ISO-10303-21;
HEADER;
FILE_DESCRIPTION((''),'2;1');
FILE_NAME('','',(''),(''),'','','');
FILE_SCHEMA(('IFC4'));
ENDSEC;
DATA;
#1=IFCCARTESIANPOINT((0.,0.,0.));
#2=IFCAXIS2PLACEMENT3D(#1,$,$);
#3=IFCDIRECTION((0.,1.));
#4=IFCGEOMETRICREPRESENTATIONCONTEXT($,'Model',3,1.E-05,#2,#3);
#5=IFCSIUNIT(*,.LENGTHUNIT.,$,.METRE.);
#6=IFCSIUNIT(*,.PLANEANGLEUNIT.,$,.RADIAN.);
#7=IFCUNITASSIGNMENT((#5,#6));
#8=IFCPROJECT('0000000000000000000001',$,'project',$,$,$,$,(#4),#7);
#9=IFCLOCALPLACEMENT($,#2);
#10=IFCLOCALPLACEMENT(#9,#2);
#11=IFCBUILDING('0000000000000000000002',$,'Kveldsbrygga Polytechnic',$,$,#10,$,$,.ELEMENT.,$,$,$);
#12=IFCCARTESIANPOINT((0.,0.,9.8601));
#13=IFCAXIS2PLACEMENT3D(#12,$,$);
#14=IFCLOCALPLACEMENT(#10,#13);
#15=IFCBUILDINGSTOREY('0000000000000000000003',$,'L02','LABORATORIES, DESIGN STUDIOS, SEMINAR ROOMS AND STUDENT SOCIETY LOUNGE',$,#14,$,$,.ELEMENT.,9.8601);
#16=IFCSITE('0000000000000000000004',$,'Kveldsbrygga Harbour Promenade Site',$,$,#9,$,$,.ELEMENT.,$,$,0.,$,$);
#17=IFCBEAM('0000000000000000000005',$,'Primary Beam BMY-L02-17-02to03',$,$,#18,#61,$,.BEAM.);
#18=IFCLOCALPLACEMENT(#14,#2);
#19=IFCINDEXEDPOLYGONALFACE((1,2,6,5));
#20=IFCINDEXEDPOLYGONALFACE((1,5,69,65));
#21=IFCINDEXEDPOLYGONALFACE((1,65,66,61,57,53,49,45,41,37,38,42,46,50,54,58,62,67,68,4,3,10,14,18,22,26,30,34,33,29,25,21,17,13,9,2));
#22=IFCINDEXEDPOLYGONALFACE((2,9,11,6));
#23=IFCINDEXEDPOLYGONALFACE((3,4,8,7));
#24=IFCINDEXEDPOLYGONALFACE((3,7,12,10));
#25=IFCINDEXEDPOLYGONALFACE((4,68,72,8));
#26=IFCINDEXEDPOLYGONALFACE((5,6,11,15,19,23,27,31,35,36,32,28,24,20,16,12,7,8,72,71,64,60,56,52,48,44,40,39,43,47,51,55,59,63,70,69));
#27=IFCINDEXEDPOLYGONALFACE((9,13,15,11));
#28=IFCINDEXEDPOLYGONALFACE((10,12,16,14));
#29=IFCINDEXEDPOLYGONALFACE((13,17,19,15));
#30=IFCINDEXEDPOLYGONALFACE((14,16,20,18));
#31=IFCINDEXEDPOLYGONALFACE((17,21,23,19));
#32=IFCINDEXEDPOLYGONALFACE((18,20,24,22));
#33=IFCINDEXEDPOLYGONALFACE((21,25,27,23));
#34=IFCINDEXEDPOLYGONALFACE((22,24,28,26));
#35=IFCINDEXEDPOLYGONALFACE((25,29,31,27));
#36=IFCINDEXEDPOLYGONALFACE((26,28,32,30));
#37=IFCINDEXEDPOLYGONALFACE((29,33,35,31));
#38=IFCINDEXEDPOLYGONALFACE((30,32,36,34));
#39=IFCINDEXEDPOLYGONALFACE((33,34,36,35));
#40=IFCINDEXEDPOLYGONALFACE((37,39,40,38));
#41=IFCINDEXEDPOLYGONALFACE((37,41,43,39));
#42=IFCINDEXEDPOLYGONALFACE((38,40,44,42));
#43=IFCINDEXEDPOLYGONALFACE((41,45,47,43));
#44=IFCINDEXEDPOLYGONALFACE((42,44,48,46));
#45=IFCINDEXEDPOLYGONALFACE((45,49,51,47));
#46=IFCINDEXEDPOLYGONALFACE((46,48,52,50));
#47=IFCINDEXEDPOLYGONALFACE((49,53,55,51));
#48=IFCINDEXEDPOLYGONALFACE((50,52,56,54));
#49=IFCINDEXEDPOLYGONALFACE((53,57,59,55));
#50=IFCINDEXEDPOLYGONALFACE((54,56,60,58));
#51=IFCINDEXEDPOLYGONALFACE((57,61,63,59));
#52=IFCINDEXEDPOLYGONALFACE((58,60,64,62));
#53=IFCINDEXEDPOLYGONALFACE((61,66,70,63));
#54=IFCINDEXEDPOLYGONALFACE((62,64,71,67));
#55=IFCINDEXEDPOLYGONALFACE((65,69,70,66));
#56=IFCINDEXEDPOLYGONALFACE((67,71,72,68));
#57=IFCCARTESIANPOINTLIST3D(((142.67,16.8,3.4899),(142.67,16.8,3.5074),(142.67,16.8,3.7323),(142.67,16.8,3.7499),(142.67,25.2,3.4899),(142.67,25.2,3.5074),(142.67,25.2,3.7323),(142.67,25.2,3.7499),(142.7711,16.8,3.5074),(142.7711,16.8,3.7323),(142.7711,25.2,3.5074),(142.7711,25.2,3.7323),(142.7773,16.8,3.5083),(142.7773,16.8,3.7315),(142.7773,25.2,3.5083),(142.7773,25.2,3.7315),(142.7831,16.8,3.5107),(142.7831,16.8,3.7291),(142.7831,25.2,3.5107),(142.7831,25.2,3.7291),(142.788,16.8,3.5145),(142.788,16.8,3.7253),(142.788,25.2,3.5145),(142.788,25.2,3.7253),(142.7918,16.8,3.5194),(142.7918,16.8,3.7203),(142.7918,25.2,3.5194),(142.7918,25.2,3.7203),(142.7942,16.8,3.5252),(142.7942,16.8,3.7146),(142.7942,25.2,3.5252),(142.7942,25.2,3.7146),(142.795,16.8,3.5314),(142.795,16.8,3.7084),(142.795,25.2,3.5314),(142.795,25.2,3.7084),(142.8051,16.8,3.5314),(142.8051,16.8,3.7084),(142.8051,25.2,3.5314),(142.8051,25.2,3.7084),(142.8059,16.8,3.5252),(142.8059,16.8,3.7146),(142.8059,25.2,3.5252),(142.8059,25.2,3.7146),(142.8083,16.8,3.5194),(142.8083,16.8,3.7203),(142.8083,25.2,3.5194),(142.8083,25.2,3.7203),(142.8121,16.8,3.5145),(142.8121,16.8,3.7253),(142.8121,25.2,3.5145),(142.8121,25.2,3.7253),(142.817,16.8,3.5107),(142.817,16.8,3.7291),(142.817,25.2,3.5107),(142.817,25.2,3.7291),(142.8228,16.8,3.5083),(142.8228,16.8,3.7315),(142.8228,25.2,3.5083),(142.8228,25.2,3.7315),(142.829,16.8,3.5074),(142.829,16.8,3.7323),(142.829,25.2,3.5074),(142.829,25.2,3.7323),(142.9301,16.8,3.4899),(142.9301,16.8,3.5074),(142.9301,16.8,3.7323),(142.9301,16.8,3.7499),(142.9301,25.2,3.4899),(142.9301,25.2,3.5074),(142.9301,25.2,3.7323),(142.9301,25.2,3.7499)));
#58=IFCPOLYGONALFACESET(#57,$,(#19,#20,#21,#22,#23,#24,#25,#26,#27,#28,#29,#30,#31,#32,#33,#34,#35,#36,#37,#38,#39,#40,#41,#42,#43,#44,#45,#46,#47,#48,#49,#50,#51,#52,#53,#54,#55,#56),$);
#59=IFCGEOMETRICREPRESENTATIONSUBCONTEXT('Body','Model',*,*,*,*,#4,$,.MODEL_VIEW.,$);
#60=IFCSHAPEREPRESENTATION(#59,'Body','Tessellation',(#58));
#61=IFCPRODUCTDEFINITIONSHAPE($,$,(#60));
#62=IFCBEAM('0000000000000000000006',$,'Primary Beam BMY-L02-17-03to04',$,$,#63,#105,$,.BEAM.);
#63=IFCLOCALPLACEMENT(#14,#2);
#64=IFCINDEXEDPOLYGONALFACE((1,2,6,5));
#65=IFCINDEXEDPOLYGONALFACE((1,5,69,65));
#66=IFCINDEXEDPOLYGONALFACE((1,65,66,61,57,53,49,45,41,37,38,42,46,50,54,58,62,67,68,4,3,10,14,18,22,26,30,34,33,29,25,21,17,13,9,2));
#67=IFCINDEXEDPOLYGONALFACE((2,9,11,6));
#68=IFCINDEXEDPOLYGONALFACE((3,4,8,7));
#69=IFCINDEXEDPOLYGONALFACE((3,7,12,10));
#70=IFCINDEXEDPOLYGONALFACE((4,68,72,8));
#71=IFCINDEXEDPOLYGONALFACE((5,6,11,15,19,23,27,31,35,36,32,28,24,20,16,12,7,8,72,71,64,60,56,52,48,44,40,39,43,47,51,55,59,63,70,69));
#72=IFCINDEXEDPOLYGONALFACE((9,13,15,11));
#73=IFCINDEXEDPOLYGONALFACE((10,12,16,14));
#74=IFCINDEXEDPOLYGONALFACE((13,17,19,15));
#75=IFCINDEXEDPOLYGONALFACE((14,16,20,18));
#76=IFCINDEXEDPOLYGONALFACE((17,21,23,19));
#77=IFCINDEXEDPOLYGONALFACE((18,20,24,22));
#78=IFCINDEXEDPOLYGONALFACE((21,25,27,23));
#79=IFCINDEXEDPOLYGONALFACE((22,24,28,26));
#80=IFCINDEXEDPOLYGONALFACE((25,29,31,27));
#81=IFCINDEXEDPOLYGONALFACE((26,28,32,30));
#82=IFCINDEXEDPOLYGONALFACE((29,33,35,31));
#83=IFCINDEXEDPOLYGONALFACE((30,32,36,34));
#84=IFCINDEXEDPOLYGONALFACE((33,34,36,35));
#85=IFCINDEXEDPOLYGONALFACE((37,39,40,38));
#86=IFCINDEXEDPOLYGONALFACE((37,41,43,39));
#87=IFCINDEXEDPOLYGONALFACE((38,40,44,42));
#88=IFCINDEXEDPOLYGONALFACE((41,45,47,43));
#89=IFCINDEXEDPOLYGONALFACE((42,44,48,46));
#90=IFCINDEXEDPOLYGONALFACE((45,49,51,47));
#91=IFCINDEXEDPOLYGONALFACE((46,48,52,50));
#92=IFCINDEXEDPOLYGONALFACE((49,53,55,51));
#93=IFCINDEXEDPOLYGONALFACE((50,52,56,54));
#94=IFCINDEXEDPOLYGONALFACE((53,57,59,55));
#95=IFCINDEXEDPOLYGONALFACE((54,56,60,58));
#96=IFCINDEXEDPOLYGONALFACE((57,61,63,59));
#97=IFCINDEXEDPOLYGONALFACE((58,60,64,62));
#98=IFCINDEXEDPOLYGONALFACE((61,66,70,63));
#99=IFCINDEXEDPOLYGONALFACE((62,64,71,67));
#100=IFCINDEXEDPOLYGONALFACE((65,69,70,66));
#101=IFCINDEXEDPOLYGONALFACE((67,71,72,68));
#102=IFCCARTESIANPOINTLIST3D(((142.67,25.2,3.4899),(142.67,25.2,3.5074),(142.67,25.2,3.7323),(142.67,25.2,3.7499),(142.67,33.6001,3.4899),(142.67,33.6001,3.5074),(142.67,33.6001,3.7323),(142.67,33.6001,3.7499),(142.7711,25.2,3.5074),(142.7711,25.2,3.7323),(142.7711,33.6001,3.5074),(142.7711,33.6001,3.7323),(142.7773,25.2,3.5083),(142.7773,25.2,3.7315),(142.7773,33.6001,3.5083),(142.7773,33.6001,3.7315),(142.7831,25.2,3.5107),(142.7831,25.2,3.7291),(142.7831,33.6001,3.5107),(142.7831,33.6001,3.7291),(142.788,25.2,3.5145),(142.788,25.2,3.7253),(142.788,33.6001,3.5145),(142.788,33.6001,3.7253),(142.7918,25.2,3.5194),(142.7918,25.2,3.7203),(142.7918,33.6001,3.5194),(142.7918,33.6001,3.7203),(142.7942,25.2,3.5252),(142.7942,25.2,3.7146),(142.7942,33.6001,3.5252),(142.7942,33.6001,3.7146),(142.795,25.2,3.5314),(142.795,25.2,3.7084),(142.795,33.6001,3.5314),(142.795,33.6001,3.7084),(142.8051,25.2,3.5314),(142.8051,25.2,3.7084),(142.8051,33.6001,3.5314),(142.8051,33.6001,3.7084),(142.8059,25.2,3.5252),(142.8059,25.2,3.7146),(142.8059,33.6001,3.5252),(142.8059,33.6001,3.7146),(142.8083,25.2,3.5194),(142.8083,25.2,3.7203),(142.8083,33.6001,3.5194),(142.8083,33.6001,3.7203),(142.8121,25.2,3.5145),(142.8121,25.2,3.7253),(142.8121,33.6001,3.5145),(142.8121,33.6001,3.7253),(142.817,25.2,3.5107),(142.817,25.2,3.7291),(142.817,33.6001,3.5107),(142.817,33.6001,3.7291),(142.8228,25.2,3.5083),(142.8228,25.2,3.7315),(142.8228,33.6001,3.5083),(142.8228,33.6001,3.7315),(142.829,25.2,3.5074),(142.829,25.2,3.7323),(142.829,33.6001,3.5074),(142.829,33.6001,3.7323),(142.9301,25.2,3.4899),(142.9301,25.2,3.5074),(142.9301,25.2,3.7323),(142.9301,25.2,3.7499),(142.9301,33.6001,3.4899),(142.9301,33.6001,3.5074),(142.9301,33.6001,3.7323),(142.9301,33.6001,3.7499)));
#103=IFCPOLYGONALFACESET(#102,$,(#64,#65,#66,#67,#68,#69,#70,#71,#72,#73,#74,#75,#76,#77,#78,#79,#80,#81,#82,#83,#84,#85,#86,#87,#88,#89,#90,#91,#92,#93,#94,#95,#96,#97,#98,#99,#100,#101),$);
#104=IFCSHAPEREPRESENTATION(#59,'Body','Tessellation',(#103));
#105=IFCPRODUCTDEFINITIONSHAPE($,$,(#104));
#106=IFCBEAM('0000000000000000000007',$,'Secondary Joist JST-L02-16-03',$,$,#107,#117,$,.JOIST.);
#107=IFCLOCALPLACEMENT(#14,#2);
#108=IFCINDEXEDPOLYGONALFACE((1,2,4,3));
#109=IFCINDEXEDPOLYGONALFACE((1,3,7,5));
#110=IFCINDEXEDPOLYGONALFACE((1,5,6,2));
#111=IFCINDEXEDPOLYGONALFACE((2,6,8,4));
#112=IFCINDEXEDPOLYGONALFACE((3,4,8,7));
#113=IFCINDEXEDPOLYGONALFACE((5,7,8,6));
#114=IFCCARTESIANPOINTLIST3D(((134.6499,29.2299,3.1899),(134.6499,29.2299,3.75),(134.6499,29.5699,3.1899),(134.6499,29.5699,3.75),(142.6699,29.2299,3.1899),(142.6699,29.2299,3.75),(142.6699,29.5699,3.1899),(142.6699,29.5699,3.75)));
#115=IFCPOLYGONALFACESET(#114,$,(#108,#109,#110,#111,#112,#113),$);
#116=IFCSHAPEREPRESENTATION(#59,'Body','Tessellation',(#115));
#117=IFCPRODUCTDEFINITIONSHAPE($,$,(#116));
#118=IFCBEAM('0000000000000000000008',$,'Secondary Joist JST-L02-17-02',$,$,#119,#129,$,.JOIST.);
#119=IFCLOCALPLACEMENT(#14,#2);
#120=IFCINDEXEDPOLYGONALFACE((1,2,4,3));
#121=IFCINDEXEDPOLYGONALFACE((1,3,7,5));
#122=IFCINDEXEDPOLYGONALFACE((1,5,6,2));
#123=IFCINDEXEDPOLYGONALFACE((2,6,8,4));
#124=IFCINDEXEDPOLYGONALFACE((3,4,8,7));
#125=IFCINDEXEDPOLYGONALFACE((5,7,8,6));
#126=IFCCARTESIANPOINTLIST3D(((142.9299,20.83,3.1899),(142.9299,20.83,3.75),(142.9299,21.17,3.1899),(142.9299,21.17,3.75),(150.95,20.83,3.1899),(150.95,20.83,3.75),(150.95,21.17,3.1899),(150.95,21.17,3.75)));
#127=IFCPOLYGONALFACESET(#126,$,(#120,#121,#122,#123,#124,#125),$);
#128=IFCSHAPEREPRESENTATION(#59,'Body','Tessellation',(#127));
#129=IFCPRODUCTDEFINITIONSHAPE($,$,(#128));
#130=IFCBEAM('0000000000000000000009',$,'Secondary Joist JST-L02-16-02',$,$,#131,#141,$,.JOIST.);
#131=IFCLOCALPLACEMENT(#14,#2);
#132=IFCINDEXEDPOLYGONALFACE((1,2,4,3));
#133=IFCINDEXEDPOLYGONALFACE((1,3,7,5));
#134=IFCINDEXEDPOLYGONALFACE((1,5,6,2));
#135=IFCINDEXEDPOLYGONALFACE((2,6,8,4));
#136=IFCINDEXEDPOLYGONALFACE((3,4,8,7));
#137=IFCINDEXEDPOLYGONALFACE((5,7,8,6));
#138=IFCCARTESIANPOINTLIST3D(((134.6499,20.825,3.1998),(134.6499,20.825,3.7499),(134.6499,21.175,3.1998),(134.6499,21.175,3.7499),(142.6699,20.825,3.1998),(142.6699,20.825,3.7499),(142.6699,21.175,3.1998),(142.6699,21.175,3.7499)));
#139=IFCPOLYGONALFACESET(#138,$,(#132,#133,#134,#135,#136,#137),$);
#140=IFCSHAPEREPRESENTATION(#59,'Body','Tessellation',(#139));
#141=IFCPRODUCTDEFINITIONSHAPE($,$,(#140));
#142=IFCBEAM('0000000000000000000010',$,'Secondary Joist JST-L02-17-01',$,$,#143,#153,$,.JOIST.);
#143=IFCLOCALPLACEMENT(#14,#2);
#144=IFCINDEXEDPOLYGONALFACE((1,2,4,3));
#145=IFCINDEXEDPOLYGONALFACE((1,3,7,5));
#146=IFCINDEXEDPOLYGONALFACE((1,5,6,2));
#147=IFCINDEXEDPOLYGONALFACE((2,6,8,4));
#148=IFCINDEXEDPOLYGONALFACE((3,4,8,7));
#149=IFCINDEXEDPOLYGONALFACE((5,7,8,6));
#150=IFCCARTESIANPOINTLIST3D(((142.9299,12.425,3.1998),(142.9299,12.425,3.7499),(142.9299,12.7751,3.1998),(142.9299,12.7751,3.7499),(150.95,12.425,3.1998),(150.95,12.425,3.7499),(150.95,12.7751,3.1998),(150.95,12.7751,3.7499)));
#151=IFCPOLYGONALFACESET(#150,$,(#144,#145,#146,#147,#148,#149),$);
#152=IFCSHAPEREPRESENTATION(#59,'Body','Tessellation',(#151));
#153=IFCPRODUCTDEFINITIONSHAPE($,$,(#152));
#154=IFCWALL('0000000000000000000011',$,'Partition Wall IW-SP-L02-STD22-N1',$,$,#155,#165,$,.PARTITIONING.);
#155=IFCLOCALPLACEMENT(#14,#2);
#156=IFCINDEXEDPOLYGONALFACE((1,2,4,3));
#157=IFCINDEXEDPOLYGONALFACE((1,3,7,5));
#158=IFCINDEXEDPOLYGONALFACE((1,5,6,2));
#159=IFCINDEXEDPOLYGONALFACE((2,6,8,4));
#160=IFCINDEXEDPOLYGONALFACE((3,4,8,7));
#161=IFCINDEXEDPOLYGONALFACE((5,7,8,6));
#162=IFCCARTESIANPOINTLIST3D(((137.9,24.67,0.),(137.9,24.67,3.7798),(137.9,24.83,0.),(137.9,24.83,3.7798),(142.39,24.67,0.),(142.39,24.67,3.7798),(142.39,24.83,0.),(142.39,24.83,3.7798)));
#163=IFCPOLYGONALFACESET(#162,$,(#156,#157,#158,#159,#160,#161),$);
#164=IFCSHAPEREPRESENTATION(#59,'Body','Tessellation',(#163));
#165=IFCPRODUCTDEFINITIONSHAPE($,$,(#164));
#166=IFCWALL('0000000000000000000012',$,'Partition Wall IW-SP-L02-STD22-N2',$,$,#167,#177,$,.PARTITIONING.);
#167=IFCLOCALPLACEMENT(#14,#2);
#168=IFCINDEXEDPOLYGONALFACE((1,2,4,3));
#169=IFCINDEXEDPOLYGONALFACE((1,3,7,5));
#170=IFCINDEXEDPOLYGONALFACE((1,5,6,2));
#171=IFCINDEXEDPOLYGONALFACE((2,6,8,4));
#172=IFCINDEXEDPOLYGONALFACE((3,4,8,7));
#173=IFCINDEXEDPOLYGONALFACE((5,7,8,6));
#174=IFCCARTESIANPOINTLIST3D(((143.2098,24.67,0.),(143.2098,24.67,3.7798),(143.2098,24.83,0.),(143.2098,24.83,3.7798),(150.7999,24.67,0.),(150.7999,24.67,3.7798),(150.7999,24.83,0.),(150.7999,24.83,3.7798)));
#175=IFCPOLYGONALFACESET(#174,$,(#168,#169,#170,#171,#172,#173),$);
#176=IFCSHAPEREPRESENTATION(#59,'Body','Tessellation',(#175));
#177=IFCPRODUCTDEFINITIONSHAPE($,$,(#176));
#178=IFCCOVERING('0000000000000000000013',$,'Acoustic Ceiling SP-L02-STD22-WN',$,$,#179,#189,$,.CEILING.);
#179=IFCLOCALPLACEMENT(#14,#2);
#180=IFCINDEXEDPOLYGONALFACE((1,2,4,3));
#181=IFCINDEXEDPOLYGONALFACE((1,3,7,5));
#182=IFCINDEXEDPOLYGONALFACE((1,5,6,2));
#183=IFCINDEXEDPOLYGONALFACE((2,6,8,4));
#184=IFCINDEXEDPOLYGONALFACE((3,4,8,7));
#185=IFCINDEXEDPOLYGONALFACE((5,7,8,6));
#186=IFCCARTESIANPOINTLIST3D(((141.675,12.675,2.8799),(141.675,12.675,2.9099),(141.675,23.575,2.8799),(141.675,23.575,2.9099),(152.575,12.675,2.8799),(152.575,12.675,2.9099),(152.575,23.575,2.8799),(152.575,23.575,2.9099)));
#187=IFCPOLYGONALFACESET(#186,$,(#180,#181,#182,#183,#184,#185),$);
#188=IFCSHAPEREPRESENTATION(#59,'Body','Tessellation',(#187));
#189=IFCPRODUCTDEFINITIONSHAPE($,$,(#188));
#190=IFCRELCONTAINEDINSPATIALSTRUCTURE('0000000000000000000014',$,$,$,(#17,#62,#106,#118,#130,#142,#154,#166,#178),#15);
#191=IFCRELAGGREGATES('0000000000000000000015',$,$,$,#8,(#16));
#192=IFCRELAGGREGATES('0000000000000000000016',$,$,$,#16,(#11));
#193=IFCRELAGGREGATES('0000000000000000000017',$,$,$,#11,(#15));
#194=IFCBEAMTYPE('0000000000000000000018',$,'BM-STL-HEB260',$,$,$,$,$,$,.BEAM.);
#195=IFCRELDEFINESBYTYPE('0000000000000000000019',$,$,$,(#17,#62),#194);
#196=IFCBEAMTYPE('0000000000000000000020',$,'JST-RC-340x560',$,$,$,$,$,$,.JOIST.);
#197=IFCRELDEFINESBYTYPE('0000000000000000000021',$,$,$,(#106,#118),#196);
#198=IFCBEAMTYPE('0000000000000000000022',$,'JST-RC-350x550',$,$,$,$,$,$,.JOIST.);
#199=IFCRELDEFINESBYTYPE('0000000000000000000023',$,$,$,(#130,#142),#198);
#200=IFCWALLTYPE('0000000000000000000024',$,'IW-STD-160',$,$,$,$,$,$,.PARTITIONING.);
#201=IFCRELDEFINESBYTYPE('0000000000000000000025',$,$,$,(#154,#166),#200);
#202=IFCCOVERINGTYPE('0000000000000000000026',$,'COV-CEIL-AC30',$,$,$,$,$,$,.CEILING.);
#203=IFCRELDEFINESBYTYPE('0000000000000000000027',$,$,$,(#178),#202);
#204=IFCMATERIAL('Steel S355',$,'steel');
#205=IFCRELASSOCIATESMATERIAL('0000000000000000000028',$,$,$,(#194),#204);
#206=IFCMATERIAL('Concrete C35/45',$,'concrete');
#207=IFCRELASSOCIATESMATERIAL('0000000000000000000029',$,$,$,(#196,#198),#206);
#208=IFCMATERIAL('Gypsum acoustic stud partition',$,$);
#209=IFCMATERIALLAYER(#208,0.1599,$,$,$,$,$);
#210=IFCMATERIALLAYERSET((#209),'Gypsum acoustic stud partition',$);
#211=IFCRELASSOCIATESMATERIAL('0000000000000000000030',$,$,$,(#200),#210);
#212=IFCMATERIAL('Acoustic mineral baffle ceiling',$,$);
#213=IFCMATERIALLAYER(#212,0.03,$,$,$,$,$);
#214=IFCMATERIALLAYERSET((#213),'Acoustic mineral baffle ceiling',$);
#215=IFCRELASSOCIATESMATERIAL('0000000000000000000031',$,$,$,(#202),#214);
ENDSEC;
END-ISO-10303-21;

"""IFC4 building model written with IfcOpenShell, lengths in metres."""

from ifc_helpers import new_model, si_unit, direction, frame, frame_2d, origin, origin_2d, place, context, subcontext, project, spatial, rectangle, i_section, extrude, material, layer, layer_set, material_profile, profile_set, type_object, element, save


model = new_model("IFC4")

# Units and contexts
model_context = context("Model", 3, precision=1e-05, world=origin(), true_north=direction((0.0, 1.0)))
body_context = subcontext(model_context, "Body", "Model", "MODEL_VIEW")
ifc_project = project(units=[si_unit("LENGTHUNIT", "METRE"), si_unit("PLANEANGLEUNIT", "RADIAN")], contexts=[model_context])

# Site, building, storey
site_placement = place(None, origin())
site = spatial("IfcSite", under=ifc_project, at=site_placement, Name="Kveldsbrygga Harbour Promenade Site", CompositionType="ELEMENT", RefElevation=0.0)
building_placement = place(site_placement, origin())
building = spatial("IfcBuilding", under=site, at=building_placement, Name="Kveldsbrygga Polytechnic", CompositionType="ELEMENT")
storey_placement = place(building_placement, frame((0.0, 0.0, 9.8601)))
storey = spatial("IfcBuildingStorey", under=building, at=storey_placement, Name="L02", Description="LABORATORIES, DESIGN STUDIOS, SEMINAR ROOMS AND STUDENT SOCIETY LOUNGE", CompositionType="ELEMENT", Elevation=9.8601)

# Beams
ifc_material_1 = material(Name="Concrete C35/45", Category="concrete")
ifc_material_2 = material(Name="Steel S355", Category="steel")
ifc_material_profile_1 = material_profile(ifc_material_2, i_section(OverallWidth=0.26, OverallDepth=0.26, WebThickness=0.01, FlangeThickness=0.0176, FilletRadius=0.0239, at=origin_2d()), Name="HEB 260")
ifc_profile_set_1 = profile_set([ifc_material_profile_1], Name="Steel S355")
beam_type_1 = type_object("IfcBeamType", Name="BM-STL-HEB260", PredefinedType="BEAM", material=ifc_profile_set_1)
beam_1_placement = place(storey_placement, frame((142.8, 16.8, 3.6199), z_axis=(0.0, 1.0, 0.0), x_axis=(-1.0, 0.0, 0.0)))
element("IfcBeam", 1, at=beam_1_placement, inside=storey, type_object=beam_type_1, Name="Primary Beam BMY-L02-17-02to03", PredefinedType="BEAM", context=body_context, shape_type="SweptSolid", body=[
    extrude(i_section(OverallWidth=0.26, OverallDepth=0.26, WebThickness=0.01, FlangeThickness=0.0176, FilletRadius=0.0239, at=origin_2d()), origin(), (0.0, 0.0, 1.0), 8.3999),
])
beam_2_placement = place(storey_placement, frame((142.8, 25.2, 3.6199), z_axis=(0.0, 1.0, 0.0), x_axis=(-1.0, 0.0, 0.0)))
element("IfcBeam", 2, at=beam_2_placement, inside=storey, type_object=beam_type_1, Name="Primary Beam BMY-L02-17-03to04", PredefinedType="BEAM", context=body_context, shape_type="SweptSolid", body=[
    extrude(i_section(OverallWidth=0.26, OverallDepth=0.26, WebThickness=0.01, FlangeThickness=0.0176, FilletRadius=0.0239, at=origin_2d()), origin(), (0.0, 0.0, 1.0), 8.4001),
])
ifc_material_profile_2 = material_profile(ifc_material_1, rectangle(XDim=0.3401, YDim=0.5601, at=origin_2d()), Name="RC 340x560")
ifc_profile_set_2 = profile_set([ifc_material_profile_2], Name="Concrete C35/45")
beam_type_2 = type_object("IfcBeamType", Name="JST-RC-340x560", PredefinedType="JOIST", material=ifc_profile_set_2)
for number, where, z_axis, x_axis, name in (
    (3, (134.6499, 29.3999, 3.47), (1.0, 0.0, 0.0), (0.0, 1.0, 0.0), "Secondary Joist JST-L02-16-03"),
    (4, (142.9299, 21.0, 3.47), (1.0, 0.0, 0.0), (0.0, 1.0, 0.0), "Secondary Joist JST-L02-17-02"),
):
    element("IfcBeam", number, at=place(storey_placement, frame(where, z_axis=z_axis, x_axis=x_axis)), inside=storey, type_object=beam_type_2, Name=name, PredefinedType="JOIST", context=body_context, shape_type="SweptSolid", body=[
        extrude(rectangle(XDim=0.3401, YDim=0.5601, at=origin_2d()), origin(), (0.0, 0.0, 1.0), 8.02),
    ])
ifc_material_profile_3 = material_profile(ifc_material_1, rectangle(XDim=0.3501, YDim=0.55, at=origin_2d()), Name="RC 350x550")
ifc_profile_set_3 = profile_set([ifc_material_profile_3], Name="Concrete C35/45")
beam_type_3 = type_object("IfcBeamType", Name="JST-RC-350x550", PredefinedType="JOIST", material=ifc_profile_set_3)
for number, where, z_axis, x_axis, name in (
    (5, (134.6499, 21.0, 3.4749), (1.0, 0.0, 0.0), (0.0, 1.0, 0.0), "Secondary Joist JST-L02-16-02"),
    (6, (142.9299, 12.6001, 3.4749), (1.0, 0.0, 0.0), (0.0, 1.0, 0.0), "Secondary Joist JST-L02-17-01"),
):
    element("IfcBeam", number, at=place(storey_placement, frame(where, z_axis=z_axis, x_axis=x_axis)), inside=storey, type_object=beam_type_3, Name=name, PredefinedType="JOIST", context=body_context, shape_type="SweptSolid", body=[
        extrude(rectangle(XDim=0.3501, YDim=0.55, at=origin_2d()), origin(), (0.0, 0.0, 1.0), 8.02),
    ])

# Walls
ifc_material_3 = material(Name="Gypsum acoustic stud partition")
ifc_layer_1 = layer(ifc_material_3, 0.1599)
ifc_layer_set_1 = layer_set([ifc_layer_1], Name="Gypsum acoustic stud partition")
wall_type = type_object("IfcWallType", Name="IW-STD-160", PredefinedType="PARTITIONING", material=ifc_layer_set_1)
wall_1_placement = place(storey_placement, frame((137.8999, 24.75, 0.0), z_axis=(0.0, 0.0, 1.0), x_axis=(1.0, 0.0, 0.0)))
element("IfcWall", 7, at=wall_1_placement, inside=storey, type_object=wall_type, Name="Partition Wall IW-SP-L02-STD22-N1", PredefinedType="PARTITIONING", context=body_context, shape_type="SweptSolid", body=[
    extrude(rectangle(XDim=4.49, YDim=0.1599, at=frame_2d((2.2451, 0.0))), origin(), (0.0, 0.0, 1.0), 3.7798),
])
wall_2_placement = place(storey_placement, frame((143.21, 24.75, 0.0), z_axis=(0.0, 0.0, 1.0), x_axis=(1.0, 0.0, 0.0)))
element("IfcWall", 8, at=wall_2_placement, inside=storey, type_object=wall_type, Name="Partition Wall IW-SP-L02-STD22-N2", PredefinedType="PARTITIONING", context=body_context, shape_type="SweptSolid", body=[
    extrude(rectangle(XDim=7.5901, YDim=0.1599, at=frame_2d((3.7949, 0.0))), origin(), (0.0, 0.0, 1.0), 3.7798),
])

# Covering
ifc_material_4 = material(Name="Acoustic mineral baffle ceiling")
ifc_layer_2 = layer(ifc_material_4, 0.03)
ifc_layer_set_2 = layer_set([ifc_layer_2], Name="Acoustic mineral baffle ceiling")
covering_type_1 = type_object("IfcCoveringType", Name="COV-CEIL-AC30", PredefinedType="CEILING", material=ifc_layer_set_2)
covering_1_placement = place(storey_placement, frame((147.125, 18.125, 2.8799), z_axis=(0.0, 0.0, 1.0), x_axis=(1.0, 0.0, 0.0)))
element("IfcCovering", 9, at=covering_1_placement, inside=storey, type_object=covering_type_1, Name="Acoustic Ceiling SP-L02-STD22-WN", PredefinedType="CEILING", context=body_context, shape_type="SweptSolid", body=[
    extrude(rectangle(XDim=10.8999, YDim=10.8999, at=origin_2d()), origin(), (0.0, 0.0, 1.0), 0.03),
])

save(model, "model.ifc")
